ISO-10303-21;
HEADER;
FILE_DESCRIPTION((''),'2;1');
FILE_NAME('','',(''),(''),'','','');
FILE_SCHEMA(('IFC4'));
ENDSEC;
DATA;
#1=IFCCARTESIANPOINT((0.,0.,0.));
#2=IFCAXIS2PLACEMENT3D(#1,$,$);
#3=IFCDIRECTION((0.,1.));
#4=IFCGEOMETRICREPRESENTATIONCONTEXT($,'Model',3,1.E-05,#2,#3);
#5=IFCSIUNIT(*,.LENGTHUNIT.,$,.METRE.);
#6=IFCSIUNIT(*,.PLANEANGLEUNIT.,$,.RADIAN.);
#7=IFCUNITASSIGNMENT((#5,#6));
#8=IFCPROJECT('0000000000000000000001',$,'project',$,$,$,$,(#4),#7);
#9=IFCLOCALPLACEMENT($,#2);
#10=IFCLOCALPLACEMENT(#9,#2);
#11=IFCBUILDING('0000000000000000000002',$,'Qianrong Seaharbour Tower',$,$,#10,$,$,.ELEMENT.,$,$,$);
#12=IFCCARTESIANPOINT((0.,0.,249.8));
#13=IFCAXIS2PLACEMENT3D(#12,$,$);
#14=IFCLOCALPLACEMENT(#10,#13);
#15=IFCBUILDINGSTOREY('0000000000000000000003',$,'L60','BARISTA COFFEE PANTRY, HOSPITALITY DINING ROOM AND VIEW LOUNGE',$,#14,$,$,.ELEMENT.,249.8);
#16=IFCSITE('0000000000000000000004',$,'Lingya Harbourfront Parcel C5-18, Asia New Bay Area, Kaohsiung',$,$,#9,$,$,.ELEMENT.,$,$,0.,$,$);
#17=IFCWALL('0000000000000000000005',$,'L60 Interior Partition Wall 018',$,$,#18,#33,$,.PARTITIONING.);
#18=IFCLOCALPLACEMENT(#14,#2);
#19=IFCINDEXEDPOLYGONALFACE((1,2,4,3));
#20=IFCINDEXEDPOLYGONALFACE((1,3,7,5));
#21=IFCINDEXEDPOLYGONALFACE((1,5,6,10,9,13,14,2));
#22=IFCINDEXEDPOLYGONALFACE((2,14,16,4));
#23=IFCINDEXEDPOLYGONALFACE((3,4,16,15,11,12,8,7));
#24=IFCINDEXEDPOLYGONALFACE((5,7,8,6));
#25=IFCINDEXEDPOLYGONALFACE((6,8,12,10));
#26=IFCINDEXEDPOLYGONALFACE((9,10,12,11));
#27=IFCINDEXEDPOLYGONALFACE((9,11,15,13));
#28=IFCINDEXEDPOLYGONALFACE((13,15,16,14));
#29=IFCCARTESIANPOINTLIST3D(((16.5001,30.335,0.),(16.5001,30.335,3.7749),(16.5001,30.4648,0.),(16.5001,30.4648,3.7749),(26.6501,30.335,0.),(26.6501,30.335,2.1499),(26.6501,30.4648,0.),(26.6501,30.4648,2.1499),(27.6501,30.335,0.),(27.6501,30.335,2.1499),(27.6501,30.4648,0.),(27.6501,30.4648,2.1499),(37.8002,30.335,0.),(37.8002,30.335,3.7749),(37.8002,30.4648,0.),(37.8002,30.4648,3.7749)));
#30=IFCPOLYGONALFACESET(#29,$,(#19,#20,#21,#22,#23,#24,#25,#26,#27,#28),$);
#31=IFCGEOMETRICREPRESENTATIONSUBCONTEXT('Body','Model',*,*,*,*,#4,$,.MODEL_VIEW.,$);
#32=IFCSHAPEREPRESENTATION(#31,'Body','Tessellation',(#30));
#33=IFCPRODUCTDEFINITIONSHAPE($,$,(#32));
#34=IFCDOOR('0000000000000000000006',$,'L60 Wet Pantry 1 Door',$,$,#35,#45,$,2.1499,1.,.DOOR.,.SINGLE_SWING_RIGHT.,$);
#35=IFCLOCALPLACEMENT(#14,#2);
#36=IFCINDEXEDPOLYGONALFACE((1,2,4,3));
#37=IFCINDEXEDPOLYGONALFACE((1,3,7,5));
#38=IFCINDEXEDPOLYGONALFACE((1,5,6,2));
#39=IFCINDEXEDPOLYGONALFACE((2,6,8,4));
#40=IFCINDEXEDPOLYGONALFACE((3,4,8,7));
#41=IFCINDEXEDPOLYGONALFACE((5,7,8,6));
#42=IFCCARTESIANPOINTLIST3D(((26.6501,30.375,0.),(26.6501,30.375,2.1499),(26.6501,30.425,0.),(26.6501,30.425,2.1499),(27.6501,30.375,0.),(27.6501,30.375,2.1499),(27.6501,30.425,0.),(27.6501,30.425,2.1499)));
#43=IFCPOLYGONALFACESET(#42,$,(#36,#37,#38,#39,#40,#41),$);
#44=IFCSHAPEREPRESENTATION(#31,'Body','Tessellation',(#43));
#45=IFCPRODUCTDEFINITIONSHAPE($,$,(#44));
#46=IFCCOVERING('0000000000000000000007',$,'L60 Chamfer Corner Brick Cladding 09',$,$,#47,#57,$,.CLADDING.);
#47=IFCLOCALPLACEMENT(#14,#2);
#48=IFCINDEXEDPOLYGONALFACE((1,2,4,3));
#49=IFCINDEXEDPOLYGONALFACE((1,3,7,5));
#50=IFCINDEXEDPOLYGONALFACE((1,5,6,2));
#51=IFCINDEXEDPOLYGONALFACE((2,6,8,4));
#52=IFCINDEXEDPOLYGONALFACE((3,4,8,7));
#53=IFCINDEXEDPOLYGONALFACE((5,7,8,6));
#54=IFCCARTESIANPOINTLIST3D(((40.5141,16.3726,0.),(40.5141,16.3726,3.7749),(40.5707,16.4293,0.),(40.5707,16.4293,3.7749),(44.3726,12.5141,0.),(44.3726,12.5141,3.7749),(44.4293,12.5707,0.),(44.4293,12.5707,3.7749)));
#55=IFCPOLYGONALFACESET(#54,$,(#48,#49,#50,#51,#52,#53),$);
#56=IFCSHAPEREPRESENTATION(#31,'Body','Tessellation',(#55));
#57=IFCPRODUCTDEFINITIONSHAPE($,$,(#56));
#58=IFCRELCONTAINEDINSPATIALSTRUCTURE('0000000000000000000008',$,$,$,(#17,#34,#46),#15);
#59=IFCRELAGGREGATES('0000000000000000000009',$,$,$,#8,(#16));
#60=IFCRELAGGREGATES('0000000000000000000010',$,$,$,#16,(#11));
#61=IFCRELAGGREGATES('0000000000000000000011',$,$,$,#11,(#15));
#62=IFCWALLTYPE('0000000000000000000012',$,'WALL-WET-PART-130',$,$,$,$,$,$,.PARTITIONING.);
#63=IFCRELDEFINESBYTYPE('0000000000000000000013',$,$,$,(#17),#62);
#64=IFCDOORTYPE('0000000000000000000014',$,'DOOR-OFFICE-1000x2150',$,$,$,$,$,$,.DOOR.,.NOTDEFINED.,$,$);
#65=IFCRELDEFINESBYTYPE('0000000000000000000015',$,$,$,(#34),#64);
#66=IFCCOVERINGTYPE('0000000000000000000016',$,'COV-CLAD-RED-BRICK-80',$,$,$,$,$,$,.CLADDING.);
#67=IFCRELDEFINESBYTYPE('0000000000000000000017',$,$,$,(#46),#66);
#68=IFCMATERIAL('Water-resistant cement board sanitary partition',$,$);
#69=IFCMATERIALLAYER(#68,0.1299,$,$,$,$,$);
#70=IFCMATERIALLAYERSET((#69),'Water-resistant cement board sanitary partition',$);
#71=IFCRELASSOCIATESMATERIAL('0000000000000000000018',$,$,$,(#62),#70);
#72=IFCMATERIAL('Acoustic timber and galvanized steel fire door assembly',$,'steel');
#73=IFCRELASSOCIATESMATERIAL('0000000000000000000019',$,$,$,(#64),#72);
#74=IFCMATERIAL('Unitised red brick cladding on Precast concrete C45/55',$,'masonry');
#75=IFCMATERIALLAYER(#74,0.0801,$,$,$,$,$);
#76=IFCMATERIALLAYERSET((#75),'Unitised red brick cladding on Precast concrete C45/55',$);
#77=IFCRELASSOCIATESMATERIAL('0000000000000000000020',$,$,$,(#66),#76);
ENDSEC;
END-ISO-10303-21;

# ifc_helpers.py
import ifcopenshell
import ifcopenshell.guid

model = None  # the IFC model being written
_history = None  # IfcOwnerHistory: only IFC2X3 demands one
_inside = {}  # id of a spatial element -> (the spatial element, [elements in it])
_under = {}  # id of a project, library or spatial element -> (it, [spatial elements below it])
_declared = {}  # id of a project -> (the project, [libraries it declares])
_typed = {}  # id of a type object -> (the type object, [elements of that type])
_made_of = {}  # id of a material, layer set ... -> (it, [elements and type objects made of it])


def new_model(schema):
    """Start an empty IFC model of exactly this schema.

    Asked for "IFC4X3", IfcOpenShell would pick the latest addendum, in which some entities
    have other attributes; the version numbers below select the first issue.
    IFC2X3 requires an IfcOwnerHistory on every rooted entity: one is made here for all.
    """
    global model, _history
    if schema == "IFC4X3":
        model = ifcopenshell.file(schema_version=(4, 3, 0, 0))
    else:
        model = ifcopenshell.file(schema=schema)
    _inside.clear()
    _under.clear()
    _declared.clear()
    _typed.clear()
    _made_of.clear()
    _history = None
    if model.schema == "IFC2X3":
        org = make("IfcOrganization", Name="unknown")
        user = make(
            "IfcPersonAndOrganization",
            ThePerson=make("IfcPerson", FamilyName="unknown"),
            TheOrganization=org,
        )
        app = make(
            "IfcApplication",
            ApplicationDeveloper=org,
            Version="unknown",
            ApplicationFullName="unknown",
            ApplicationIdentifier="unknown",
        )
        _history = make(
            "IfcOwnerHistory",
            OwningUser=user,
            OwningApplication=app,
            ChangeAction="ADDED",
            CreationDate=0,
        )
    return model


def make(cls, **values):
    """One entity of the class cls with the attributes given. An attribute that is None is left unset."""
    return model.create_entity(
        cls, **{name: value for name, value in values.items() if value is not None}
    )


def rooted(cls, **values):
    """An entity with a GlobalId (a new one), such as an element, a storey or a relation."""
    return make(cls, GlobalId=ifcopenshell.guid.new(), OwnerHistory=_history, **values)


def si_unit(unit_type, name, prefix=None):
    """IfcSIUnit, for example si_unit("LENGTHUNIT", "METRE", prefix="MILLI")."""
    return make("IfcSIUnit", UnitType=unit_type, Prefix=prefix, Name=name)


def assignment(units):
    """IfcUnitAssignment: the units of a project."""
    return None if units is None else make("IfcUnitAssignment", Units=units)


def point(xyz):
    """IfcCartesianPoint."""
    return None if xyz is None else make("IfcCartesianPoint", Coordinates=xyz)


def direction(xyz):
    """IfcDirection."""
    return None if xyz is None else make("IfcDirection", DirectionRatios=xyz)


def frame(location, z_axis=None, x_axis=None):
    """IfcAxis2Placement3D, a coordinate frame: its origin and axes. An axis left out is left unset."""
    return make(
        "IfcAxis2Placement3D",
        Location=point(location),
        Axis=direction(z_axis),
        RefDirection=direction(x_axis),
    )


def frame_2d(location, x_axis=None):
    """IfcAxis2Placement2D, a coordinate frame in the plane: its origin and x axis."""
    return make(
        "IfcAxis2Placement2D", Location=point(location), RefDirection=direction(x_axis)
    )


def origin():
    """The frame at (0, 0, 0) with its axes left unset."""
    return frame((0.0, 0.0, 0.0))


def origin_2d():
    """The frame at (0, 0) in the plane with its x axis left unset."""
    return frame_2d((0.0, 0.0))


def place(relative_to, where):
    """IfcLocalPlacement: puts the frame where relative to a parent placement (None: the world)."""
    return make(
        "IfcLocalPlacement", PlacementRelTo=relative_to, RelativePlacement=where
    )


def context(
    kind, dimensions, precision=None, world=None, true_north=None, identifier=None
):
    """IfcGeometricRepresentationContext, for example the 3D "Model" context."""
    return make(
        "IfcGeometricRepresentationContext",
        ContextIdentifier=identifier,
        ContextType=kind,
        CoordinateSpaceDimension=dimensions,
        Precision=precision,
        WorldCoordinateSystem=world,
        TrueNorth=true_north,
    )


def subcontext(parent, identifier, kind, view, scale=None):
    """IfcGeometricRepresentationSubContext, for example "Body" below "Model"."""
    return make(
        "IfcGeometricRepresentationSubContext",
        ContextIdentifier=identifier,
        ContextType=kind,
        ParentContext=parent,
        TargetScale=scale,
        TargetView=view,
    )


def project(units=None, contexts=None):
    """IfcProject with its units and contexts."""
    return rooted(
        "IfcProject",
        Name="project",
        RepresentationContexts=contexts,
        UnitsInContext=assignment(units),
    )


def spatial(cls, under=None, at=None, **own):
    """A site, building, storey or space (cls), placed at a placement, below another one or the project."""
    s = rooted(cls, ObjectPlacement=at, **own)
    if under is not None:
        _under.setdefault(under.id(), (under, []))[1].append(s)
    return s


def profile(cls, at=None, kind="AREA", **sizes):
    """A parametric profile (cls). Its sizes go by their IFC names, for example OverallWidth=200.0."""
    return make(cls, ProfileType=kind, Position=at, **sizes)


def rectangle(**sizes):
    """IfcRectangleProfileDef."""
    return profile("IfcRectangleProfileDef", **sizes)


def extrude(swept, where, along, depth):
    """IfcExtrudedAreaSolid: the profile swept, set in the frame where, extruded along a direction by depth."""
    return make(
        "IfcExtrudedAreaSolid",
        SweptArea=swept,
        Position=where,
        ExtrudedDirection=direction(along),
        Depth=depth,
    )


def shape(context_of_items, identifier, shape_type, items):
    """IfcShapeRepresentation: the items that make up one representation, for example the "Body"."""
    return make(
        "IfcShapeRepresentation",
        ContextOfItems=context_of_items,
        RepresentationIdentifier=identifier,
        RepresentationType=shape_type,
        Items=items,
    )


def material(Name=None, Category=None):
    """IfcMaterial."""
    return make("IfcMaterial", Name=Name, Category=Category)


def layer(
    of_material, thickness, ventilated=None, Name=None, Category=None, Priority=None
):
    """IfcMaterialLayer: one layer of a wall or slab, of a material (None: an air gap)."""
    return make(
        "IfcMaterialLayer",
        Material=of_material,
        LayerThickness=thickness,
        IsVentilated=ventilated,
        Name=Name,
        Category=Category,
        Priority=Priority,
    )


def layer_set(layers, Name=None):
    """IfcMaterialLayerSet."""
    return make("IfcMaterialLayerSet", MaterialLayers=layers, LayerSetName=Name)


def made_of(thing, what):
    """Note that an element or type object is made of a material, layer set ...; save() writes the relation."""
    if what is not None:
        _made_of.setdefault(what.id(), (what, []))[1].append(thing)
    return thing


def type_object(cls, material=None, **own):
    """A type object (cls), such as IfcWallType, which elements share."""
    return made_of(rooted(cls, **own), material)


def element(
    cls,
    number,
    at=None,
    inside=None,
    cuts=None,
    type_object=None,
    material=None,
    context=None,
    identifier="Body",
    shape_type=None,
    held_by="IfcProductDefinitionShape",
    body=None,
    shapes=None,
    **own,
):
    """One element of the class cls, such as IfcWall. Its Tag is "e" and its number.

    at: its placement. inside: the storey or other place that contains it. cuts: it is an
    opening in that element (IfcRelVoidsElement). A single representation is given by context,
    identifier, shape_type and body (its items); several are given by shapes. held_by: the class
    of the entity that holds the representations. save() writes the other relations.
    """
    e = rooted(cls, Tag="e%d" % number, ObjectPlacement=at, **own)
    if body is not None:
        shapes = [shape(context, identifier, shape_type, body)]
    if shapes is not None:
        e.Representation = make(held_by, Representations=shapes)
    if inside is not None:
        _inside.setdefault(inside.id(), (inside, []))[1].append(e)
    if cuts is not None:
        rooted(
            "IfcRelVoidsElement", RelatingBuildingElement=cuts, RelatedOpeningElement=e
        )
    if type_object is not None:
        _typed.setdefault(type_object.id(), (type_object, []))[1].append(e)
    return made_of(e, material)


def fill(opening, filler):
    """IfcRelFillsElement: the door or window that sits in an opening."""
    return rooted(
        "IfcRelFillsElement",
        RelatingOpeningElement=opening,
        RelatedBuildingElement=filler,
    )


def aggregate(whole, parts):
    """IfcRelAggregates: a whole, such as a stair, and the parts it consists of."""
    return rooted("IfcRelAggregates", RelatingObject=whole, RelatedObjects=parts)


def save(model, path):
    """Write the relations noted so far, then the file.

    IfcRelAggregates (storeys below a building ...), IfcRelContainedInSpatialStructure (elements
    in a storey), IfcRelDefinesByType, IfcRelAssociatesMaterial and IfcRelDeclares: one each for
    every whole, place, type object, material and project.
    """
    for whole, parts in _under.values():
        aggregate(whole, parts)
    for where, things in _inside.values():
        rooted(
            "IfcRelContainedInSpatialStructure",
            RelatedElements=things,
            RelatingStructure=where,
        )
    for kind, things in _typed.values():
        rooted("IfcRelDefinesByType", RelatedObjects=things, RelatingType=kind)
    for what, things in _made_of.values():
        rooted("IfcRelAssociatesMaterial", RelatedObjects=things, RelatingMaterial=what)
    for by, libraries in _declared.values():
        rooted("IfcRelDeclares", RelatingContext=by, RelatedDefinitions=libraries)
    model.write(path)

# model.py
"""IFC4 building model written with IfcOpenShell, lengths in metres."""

from ifc_helpers import new_model, si_unit, direction, frame, frame_2d, origin, origin_2d, place, context, subcontext, project, spatial, rectangle, extrude, material, layer, layer_set, type_object, element, fill, save


model = new_model("IFC4")

# Units and contexts
model_context = context("Model", 3, precision=1e-05, world=origin(), true_north=direction((0.0, 1.0)))
body_context = subcontext(model_context, "Body", "Model", "MODEL_VIEW")
ifc_project = project(units=[si_unit("LENGTHUNIT", "METRE"), si_unit("PLANEANGLEUNIT", "RADIAN")], contexts=[model_context])

# Site, building, storey
site_placement = place(None, origin())
site = spatial("IfcSite", under=ifc_project, at=site_placement, Name="Lingya Harbourfront Parcel C5-18, Asia New Bay Area, Kaohsiung", CompositionType="ELEMENT", RefElevation=0.0)
building_placement = place(site_placement, origin())
building = spatial("IfcBuilding", under=site, at=building_placement, Name="Qianrong Seaharbour Tower", CompositionType="ELEMENT")
storey_placement = place(building_placement, frame((0.0, 0.0, 249.8)))
storey = spatial("IfcBuildingStorey", under=building, at=storey_placement, Name="L60", Description="BARISTA COFFEE PANTRY, HOSPITALITY DINING ROOM AND VIEW LOUNGE", CompositionType="ELEMENT", Elevation=249.8)

# Wall, opening, door
ifc_material_1 = material(Name="Water-resistant cement board sanitary partition")
ifc_layer_1 = layer(ifc_material_1, 0.1299)
ifc_layer_set_1 = layer_set([ifc_layer_1], Name="Water-resistant cement board sanitary partition")
wall_type_1 = type_object("IfcWallType", Name="WALL-WET-PART-130", PredefinedType="PARTITIONING", material=ifc_layer_set_1)
wall_1_placement = place(storey_placement, frame((37.8, 30.3999, 0.0), z_axis=(0.0, 0.0, 1.0), x_axis=(-1.0, 0.0, 0.0)))
wall_1 = element("IfcWall", 1, at=wall_1_placement, inside=storey, type_object=wall_type_1, Name="L60 Interior Partition Wall 018", PredefinedType="PARTITIONING", context=body_context, shape_type="SweptSolid", body=[
    extrude(rectangle(XDim=21.3, YDim=0.1299, at=frame_2d((10.6499, 0.0))), origin(), (0.0, 0.0, 1.0), 3.7749),
])
opening_1_placement = place(wall_1_placement, frame((10.1499, 0.0, 0.0)))
opening_1 = element("IfcOpeningElement", 2, at=opening_1_placement, cuts=wall_1, PredefinedType="OPENING", context=body_context, shape_type="SweptSolid", body=[
    extrude(rectangle(XDim=1.0, YDim=2.1499, at=frame_2d((0.5, 1.075))), frame((0.0, 0.075, 0.0), z_axis=(0.0, -1.0, 0.0), x_axis=(1.0, 0.0, 0.0)), (0.0, 0.0, 1.0), 0.1499),
])
ifc_material_2 = material(Name="Acoustic timber and galvanized steel fire door assembly", Category="steel")
door_type = type_object("IfcDoorType", Name="DOOR-OFFICE-1000x2150", OperationType="NOTDEFINED", PredefinedType="DOOR", material=ifc_material_2)
door_placement = place(opening_1_placement, origin())
door = element("IfcDoor", 3, at=door_placement, inside=storey, type_object=door_type, Name="L60 Wet Pantry 1 Door", OperationType="SINGLE_SWING_RIGHT", OverallHeight=2.1499, OverallWidth=1.0, PredefinedType="DOOR", context=body_context, shape_type="SweptSolid", body=[
    extrude(rectangle(XDim=1.0, YDim=2.1499, at=frame_2d((0.5, 1.075))), frame((0.0, 0.0249, 0.0), z_axis=(0.0, -1.0, 0.0), x_axis=(1.0, 0.0, 0.0)), (0.0, 0.0, 1.0), 0.05),
])
fill(opening_1, door)

# Covering
ifc_material_3 = material(Name="Unitised red brick cladding on Precast concrete C45/55", Category="masonry")
ifc_layer_2 = layer(ifc_material_3, 0.0801)
ifc_layer_set_2 = layer_set([ifc_layer_2], Name="Unitised red brick cladding on Precast concrete C45/55")
covering_type = type_object("IfcCoveringType", Name="COV-CLAD-RED-BRICK-80", PredefinedType="CLADDING", material=ifc_layer_set_2)
covering_placement = place(storey_placement, frame((42.4717, 14.4717, 0.0), z_axis=(0.0, 0.0, 1.0), x_axis=(-0.707107, 0.707107, 0.0)))
element("IfcCovering", 4, at=covering_placement, inside=storey, type_object=covering_type, Name="L60 Chamfer Corner Brick Cladding 09", PredefinedType="CLADDING", context=body_context, shape_type="SweptSolid", body=[
    extrude(rectangle(XDim=5.4568, YDim=0.0801, at=origin_2d()), origin(), (0.0, 0.0, 1.0), 3.7749),
])

save(model, "model.ifc")
